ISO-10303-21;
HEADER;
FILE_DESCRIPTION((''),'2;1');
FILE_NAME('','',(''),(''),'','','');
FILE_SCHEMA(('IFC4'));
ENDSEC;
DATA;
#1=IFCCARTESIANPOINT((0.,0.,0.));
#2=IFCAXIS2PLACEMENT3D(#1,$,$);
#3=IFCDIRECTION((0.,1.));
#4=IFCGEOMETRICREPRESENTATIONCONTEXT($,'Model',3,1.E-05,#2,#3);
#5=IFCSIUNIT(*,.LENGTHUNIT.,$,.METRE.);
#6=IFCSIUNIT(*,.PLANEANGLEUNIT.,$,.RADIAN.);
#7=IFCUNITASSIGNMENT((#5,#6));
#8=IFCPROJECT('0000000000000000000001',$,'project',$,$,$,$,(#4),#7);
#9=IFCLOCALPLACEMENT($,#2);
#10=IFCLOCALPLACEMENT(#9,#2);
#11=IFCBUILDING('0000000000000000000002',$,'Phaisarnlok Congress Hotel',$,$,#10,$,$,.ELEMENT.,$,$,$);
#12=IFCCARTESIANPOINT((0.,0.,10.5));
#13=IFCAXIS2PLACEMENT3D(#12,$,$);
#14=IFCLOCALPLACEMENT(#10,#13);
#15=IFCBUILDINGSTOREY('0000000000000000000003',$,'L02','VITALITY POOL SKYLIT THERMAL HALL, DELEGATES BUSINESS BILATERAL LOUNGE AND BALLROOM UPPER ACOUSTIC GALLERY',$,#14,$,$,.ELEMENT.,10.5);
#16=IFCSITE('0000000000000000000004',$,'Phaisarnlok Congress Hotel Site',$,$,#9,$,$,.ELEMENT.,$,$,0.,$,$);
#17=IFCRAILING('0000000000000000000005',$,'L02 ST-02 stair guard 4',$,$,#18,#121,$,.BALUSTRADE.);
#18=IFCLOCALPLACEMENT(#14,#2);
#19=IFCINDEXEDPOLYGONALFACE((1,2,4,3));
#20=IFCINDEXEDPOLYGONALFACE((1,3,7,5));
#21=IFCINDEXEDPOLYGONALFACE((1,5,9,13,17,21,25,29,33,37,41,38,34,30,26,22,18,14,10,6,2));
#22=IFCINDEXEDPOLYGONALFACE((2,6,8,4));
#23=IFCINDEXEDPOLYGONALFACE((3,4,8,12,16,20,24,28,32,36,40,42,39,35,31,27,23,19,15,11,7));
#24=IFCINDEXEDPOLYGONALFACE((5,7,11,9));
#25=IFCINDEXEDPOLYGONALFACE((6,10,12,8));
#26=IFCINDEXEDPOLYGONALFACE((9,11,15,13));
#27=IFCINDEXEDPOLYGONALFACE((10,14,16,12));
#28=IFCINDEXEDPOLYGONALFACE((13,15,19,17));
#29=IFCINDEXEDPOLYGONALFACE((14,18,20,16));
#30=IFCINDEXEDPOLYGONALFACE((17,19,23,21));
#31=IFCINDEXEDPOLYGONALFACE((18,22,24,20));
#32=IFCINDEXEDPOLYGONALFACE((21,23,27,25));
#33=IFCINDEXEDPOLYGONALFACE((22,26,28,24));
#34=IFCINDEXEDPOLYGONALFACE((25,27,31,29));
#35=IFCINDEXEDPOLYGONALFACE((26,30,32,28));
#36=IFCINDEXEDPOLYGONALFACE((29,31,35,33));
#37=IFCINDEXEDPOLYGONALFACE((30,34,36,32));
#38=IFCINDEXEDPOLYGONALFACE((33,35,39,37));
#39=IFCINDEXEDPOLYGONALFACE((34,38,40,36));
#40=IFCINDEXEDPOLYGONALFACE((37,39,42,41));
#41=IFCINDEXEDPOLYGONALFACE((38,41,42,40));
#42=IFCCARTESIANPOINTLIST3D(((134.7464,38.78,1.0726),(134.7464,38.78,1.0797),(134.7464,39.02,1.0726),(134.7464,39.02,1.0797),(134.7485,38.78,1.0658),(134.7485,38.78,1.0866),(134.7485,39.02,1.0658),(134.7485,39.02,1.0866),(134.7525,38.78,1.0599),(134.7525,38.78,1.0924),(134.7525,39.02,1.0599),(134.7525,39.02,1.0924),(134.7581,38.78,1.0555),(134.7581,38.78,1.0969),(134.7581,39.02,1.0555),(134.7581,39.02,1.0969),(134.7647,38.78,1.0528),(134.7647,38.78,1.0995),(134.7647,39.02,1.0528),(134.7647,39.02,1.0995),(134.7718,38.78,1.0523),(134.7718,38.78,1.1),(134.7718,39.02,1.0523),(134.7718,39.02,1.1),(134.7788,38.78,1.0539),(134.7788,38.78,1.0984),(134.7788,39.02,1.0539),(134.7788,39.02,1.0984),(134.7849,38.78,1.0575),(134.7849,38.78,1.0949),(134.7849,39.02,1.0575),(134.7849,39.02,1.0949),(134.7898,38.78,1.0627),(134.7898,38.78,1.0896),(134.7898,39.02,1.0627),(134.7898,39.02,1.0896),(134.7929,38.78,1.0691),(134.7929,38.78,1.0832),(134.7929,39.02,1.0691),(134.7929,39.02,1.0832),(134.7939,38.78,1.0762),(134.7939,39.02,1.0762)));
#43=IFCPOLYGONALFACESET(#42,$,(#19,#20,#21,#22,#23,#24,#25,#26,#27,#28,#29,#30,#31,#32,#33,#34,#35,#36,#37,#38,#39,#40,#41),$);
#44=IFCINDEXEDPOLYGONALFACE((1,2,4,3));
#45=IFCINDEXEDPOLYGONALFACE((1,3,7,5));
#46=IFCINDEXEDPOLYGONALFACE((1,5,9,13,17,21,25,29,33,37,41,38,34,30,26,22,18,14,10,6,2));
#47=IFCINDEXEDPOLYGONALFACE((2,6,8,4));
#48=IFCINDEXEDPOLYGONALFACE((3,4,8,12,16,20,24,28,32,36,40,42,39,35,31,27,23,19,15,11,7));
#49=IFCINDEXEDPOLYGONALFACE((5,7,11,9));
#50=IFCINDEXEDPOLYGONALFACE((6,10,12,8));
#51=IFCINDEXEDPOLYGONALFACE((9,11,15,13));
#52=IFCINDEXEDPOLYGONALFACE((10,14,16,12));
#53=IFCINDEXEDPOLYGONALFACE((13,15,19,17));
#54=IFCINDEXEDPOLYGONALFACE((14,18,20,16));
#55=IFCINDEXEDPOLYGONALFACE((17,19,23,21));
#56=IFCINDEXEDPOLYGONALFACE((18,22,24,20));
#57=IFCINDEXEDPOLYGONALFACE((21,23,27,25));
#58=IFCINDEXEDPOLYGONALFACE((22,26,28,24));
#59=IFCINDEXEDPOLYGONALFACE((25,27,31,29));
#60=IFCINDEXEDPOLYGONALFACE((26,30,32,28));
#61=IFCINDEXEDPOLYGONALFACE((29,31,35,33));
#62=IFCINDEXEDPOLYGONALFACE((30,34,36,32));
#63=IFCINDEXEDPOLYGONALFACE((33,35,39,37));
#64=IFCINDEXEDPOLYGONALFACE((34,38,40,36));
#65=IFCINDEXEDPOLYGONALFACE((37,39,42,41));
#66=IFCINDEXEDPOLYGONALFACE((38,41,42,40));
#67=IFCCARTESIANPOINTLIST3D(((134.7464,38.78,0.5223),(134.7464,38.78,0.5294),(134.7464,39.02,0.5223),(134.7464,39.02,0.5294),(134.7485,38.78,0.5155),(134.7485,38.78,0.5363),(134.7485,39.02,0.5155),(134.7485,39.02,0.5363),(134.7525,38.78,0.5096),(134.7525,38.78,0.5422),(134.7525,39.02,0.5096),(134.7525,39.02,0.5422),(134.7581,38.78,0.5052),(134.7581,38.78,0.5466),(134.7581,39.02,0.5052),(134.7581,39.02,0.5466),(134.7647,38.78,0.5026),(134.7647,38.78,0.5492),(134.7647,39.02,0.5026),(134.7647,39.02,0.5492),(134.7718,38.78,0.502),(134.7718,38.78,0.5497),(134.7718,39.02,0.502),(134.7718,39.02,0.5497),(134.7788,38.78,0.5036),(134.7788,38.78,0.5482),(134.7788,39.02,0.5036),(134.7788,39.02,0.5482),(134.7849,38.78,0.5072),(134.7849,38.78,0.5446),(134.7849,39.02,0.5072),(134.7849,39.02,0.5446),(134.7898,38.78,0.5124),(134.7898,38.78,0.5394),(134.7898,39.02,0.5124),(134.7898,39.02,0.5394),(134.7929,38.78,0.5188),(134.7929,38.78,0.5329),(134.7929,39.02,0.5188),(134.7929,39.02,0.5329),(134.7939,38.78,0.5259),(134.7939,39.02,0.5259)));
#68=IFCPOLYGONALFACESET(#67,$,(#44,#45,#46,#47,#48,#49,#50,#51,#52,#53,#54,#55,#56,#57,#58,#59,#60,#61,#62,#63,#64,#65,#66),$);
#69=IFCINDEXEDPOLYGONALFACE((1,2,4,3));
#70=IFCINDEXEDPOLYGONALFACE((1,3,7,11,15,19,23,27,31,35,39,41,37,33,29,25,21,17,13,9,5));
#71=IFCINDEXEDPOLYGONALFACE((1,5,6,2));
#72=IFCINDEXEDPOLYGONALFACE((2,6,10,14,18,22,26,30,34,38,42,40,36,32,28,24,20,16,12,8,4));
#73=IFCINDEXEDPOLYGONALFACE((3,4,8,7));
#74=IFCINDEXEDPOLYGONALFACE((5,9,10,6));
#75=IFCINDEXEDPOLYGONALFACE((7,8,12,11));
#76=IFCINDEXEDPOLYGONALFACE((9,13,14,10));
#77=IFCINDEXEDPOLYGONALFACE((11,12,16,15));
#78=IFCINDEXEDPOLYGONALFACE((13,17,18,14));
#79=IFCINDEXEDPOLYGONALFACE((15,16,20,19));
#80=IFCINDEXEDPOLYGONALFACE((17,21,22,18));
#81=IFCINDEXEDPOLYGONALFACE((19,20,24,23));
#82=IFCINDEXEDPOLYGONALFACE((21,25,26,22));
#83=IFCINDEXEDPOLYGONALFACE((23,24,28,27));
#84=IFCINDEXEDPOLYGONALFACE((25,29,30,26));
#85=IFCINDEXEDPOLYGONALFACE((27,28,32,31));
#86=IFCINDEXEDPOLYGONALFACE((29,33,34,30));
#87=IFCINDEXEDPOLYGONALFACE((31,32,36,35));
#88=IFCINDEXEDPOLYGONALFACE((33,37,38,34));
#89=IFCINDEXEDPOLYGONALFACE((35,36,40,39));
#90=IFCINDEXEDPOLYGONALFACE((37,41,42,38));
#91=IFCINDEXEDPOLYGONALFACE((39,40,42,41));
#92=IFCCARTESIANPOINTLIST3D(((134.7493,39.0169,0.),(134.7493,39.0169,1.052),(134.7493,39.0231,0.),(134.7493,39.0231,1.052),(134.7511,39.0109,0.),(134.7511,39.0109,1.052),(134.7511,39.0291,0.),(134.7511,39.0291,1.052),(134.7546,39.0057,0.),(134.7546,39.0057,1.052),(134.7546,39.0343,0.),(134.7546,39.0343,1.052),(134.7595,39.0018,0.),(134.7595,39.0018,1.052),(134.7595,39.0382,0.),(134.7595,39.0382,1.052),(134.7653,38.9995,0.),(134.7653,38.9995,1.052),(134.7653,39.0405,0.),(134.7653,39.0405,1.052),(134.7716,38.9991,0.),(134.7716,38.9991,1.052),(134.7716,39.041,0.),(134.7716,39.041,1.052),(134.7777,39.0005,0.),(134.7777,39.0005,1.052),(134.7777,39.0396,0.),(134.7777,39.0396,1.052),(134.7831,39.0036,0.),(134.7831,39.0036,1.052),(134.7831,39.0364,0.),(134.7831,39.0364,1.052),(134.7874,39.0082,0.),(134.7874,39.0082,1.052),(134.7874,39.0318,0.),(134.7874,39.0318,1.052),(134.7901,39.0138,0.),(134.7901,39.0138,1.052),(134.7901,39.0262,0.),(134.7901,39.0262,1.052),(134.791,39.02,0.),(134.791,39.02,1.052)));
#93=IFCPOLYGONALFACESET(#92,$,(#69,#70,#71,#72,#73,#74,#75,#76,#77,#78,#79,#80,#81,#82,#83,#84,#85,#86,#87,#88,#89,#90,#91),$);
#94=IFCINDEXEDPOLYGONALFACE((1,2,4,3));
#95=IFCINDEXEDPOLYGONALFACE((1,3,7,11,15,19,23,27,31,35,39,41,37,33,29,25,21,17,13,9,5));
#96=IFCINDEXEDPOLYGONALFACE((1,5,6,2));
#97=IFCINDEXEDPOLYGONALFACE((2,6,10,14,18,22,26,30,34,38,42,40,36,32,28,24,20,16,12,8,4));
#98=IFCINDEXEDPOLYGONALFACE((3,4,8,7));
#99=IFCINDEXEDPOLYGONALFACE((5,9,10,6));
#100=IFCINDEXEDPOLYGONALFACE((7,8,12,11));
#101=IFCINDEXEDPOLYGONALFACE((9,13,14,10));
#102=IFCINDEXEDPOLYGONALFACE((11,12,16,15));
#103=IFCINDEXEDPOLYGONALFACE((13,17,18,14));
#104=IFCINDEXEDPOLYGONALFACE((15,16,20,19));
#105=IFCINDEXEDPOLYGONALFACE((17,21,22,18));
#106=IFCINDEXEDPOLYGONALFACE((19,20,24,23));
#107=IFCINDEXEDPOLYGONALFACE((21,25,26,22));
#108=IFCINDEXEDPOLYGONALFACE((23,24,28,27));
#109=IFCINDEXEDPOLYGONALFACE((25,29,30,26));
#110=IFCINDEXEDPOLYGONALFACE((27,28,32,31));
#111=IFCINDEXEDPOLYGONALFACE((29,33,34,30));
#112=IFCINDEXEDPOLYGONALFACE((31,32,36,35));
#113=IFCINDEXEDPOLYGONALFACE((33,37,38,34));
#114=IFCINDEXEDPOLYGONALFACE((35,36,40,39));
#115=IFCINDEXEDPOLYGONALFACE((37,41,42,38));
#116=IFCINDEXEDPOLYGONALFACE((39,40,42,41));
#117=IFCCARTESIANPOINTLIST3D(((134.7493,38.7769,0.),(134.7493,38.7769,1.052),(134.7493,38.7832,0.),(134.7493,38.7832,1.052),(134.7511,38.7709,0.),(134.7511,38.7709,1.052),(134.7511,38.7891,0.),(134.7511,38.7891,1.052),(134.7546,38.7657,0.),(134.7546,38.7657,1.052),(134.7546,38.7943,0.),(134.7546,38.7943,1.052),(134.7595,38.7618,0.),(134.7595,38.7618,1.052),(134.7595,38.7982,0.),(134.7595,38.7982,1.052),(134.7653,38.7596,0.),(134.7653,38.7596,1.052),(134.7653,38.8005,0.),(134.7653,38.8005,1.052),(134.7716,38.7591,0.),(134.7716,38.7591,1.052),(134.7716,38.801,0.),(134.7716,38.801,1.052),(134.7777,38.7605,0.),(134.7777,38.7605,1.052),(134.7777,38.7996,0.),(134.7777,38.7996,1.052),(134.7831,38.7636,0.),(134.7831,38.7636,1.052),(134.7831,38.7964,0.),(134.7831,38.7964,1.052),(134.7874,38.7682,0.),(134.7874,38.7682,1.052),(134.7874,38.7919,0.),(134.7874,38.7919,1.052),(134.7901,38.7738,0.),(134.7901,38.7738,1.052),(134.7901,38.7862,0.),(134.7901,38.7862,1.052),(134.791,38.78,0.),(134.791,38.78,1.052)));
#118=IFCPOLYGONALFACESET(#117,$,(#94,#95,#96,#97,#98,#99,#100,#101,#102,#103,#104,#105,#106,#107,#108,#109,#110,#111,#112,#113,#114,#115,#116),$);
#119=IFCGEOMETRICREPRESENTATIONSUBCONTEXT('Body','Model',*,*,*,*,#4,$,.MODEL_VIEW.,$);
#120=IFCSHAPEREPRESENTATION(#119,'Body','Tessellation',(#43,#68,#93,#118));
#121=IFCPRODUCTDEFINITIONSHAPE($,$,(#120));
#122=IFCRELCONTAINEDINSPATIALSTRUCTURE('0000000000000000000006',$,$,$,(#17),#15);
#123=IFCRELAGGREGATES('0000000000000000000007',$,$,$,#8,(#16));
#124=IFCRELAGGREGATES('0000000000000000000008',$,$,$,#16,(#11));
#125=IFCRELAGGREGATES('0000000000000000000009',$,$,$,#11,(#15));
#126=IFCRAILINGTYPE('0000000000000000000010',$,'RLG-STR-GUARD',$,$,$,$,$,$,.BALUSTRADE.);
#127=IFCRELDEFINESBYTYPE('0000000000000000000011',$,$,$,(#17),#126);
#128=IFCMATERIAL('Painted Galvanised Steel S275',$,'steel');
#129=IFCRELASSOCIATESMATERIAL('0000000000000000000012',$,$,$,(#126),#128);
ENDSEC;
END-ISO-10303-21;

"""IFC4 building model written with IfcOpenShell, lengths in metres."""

from ifc_helpers import new_model, si_unit, direction, frame, origin, origin_2d, place, context, subcontext, project, spatial, circle, extrude, material, type_object, element, save


model = new_model("IFC4")

# Units and contexts
model_context = context("Model", 3, precision=1e-05, world=origin(), true_north=direction((0.0, 1.0)))
body_context = subcontext(model_context, "Body", "Model", "MODEL_VIEW")
ifc_project = project(units=[si_unit("LENGTHUNIT", "METRE"), si_unit("PLANEANGLEUNIT", "RADIAN")], contexts=[model_context])

# Site, building, storey
site_placement = place(None, origin())
site = spatial("IfcSite", under=ifc_project, at=site_placement, Name="Phaisarnlok Congress Hotel Site", CompositionType="ELEMENT", RefElevation=0.0)
building_placement = place(site_placement, origin())
building = spatial("IfcBuilding", under=site, at=building_placement, Name="Phaisarnlok Congress Hotel", CompositionType="ELEMENT")
storey_placement = place(building_placement, frame((0.0, 0.0, 10.5)))
storey = spatial("IfcBuildingStorey", under=building, at=storey_placement, Name="L02", Description="VITALITY POOL SKYLIT THERMAL HALL, DELEGATES BUSINESS BILATERAL LOUNGE AND BALLROOM UPPER ACOUSTIC GALLERY", CompositionType="ELEMENT", Elevation=10.5)

# Railing
ifc_material_1 = material(Name="Painted Galvanised Steel S275", Category="steel")
railing_type_1 = type_object("IfcRailingType", Name="RLG-STR-GUARD", PredefinedType="BALUSTRADE", material=ifc_material_1)
railing_1_placement = place(storey_placement, frame((134.77, 39.02, 0.0)))
element("IfcRailing", 1, at=railing_1_placement, inside=storey, type_object=railing_type_1, Name="L02 ST-02 stair guard 4", PredefinedType="BALUSTRADE", context=body_context, shape_type="SweptSolid", body=[
    extrude(circle(Radius=0.0239, at=origin_2d()), frame((0.0, 0.0, 1.0762), z_axis=(0.0, -1.0, 0.0), x_axis=(1.0, 0.0, 0.0)), (0.0, 0.0, 1.0), 0.24),
    extrude(circle(Radius=0.0239, at=origin_2d()), frame((0.0, 0.0, 0.5259), z_axis=(0.0, -1.0, 0.0), x_axis=(1.0, 0.0, 0.0)), (0.0, 0.0, 1.0), 0.24),
    extrude(circle(Radius=0.021, at=origin_2d()), origin(), (0.0, 0.0, 1.0), 1.052),
    extrude(circle(Radius=0.021, at=origin_2d()), frame((0.0, -0.24, 0.0)), (0.0, 0.0, 1.0), 1.052),
])

save(model, "model.ifc")
